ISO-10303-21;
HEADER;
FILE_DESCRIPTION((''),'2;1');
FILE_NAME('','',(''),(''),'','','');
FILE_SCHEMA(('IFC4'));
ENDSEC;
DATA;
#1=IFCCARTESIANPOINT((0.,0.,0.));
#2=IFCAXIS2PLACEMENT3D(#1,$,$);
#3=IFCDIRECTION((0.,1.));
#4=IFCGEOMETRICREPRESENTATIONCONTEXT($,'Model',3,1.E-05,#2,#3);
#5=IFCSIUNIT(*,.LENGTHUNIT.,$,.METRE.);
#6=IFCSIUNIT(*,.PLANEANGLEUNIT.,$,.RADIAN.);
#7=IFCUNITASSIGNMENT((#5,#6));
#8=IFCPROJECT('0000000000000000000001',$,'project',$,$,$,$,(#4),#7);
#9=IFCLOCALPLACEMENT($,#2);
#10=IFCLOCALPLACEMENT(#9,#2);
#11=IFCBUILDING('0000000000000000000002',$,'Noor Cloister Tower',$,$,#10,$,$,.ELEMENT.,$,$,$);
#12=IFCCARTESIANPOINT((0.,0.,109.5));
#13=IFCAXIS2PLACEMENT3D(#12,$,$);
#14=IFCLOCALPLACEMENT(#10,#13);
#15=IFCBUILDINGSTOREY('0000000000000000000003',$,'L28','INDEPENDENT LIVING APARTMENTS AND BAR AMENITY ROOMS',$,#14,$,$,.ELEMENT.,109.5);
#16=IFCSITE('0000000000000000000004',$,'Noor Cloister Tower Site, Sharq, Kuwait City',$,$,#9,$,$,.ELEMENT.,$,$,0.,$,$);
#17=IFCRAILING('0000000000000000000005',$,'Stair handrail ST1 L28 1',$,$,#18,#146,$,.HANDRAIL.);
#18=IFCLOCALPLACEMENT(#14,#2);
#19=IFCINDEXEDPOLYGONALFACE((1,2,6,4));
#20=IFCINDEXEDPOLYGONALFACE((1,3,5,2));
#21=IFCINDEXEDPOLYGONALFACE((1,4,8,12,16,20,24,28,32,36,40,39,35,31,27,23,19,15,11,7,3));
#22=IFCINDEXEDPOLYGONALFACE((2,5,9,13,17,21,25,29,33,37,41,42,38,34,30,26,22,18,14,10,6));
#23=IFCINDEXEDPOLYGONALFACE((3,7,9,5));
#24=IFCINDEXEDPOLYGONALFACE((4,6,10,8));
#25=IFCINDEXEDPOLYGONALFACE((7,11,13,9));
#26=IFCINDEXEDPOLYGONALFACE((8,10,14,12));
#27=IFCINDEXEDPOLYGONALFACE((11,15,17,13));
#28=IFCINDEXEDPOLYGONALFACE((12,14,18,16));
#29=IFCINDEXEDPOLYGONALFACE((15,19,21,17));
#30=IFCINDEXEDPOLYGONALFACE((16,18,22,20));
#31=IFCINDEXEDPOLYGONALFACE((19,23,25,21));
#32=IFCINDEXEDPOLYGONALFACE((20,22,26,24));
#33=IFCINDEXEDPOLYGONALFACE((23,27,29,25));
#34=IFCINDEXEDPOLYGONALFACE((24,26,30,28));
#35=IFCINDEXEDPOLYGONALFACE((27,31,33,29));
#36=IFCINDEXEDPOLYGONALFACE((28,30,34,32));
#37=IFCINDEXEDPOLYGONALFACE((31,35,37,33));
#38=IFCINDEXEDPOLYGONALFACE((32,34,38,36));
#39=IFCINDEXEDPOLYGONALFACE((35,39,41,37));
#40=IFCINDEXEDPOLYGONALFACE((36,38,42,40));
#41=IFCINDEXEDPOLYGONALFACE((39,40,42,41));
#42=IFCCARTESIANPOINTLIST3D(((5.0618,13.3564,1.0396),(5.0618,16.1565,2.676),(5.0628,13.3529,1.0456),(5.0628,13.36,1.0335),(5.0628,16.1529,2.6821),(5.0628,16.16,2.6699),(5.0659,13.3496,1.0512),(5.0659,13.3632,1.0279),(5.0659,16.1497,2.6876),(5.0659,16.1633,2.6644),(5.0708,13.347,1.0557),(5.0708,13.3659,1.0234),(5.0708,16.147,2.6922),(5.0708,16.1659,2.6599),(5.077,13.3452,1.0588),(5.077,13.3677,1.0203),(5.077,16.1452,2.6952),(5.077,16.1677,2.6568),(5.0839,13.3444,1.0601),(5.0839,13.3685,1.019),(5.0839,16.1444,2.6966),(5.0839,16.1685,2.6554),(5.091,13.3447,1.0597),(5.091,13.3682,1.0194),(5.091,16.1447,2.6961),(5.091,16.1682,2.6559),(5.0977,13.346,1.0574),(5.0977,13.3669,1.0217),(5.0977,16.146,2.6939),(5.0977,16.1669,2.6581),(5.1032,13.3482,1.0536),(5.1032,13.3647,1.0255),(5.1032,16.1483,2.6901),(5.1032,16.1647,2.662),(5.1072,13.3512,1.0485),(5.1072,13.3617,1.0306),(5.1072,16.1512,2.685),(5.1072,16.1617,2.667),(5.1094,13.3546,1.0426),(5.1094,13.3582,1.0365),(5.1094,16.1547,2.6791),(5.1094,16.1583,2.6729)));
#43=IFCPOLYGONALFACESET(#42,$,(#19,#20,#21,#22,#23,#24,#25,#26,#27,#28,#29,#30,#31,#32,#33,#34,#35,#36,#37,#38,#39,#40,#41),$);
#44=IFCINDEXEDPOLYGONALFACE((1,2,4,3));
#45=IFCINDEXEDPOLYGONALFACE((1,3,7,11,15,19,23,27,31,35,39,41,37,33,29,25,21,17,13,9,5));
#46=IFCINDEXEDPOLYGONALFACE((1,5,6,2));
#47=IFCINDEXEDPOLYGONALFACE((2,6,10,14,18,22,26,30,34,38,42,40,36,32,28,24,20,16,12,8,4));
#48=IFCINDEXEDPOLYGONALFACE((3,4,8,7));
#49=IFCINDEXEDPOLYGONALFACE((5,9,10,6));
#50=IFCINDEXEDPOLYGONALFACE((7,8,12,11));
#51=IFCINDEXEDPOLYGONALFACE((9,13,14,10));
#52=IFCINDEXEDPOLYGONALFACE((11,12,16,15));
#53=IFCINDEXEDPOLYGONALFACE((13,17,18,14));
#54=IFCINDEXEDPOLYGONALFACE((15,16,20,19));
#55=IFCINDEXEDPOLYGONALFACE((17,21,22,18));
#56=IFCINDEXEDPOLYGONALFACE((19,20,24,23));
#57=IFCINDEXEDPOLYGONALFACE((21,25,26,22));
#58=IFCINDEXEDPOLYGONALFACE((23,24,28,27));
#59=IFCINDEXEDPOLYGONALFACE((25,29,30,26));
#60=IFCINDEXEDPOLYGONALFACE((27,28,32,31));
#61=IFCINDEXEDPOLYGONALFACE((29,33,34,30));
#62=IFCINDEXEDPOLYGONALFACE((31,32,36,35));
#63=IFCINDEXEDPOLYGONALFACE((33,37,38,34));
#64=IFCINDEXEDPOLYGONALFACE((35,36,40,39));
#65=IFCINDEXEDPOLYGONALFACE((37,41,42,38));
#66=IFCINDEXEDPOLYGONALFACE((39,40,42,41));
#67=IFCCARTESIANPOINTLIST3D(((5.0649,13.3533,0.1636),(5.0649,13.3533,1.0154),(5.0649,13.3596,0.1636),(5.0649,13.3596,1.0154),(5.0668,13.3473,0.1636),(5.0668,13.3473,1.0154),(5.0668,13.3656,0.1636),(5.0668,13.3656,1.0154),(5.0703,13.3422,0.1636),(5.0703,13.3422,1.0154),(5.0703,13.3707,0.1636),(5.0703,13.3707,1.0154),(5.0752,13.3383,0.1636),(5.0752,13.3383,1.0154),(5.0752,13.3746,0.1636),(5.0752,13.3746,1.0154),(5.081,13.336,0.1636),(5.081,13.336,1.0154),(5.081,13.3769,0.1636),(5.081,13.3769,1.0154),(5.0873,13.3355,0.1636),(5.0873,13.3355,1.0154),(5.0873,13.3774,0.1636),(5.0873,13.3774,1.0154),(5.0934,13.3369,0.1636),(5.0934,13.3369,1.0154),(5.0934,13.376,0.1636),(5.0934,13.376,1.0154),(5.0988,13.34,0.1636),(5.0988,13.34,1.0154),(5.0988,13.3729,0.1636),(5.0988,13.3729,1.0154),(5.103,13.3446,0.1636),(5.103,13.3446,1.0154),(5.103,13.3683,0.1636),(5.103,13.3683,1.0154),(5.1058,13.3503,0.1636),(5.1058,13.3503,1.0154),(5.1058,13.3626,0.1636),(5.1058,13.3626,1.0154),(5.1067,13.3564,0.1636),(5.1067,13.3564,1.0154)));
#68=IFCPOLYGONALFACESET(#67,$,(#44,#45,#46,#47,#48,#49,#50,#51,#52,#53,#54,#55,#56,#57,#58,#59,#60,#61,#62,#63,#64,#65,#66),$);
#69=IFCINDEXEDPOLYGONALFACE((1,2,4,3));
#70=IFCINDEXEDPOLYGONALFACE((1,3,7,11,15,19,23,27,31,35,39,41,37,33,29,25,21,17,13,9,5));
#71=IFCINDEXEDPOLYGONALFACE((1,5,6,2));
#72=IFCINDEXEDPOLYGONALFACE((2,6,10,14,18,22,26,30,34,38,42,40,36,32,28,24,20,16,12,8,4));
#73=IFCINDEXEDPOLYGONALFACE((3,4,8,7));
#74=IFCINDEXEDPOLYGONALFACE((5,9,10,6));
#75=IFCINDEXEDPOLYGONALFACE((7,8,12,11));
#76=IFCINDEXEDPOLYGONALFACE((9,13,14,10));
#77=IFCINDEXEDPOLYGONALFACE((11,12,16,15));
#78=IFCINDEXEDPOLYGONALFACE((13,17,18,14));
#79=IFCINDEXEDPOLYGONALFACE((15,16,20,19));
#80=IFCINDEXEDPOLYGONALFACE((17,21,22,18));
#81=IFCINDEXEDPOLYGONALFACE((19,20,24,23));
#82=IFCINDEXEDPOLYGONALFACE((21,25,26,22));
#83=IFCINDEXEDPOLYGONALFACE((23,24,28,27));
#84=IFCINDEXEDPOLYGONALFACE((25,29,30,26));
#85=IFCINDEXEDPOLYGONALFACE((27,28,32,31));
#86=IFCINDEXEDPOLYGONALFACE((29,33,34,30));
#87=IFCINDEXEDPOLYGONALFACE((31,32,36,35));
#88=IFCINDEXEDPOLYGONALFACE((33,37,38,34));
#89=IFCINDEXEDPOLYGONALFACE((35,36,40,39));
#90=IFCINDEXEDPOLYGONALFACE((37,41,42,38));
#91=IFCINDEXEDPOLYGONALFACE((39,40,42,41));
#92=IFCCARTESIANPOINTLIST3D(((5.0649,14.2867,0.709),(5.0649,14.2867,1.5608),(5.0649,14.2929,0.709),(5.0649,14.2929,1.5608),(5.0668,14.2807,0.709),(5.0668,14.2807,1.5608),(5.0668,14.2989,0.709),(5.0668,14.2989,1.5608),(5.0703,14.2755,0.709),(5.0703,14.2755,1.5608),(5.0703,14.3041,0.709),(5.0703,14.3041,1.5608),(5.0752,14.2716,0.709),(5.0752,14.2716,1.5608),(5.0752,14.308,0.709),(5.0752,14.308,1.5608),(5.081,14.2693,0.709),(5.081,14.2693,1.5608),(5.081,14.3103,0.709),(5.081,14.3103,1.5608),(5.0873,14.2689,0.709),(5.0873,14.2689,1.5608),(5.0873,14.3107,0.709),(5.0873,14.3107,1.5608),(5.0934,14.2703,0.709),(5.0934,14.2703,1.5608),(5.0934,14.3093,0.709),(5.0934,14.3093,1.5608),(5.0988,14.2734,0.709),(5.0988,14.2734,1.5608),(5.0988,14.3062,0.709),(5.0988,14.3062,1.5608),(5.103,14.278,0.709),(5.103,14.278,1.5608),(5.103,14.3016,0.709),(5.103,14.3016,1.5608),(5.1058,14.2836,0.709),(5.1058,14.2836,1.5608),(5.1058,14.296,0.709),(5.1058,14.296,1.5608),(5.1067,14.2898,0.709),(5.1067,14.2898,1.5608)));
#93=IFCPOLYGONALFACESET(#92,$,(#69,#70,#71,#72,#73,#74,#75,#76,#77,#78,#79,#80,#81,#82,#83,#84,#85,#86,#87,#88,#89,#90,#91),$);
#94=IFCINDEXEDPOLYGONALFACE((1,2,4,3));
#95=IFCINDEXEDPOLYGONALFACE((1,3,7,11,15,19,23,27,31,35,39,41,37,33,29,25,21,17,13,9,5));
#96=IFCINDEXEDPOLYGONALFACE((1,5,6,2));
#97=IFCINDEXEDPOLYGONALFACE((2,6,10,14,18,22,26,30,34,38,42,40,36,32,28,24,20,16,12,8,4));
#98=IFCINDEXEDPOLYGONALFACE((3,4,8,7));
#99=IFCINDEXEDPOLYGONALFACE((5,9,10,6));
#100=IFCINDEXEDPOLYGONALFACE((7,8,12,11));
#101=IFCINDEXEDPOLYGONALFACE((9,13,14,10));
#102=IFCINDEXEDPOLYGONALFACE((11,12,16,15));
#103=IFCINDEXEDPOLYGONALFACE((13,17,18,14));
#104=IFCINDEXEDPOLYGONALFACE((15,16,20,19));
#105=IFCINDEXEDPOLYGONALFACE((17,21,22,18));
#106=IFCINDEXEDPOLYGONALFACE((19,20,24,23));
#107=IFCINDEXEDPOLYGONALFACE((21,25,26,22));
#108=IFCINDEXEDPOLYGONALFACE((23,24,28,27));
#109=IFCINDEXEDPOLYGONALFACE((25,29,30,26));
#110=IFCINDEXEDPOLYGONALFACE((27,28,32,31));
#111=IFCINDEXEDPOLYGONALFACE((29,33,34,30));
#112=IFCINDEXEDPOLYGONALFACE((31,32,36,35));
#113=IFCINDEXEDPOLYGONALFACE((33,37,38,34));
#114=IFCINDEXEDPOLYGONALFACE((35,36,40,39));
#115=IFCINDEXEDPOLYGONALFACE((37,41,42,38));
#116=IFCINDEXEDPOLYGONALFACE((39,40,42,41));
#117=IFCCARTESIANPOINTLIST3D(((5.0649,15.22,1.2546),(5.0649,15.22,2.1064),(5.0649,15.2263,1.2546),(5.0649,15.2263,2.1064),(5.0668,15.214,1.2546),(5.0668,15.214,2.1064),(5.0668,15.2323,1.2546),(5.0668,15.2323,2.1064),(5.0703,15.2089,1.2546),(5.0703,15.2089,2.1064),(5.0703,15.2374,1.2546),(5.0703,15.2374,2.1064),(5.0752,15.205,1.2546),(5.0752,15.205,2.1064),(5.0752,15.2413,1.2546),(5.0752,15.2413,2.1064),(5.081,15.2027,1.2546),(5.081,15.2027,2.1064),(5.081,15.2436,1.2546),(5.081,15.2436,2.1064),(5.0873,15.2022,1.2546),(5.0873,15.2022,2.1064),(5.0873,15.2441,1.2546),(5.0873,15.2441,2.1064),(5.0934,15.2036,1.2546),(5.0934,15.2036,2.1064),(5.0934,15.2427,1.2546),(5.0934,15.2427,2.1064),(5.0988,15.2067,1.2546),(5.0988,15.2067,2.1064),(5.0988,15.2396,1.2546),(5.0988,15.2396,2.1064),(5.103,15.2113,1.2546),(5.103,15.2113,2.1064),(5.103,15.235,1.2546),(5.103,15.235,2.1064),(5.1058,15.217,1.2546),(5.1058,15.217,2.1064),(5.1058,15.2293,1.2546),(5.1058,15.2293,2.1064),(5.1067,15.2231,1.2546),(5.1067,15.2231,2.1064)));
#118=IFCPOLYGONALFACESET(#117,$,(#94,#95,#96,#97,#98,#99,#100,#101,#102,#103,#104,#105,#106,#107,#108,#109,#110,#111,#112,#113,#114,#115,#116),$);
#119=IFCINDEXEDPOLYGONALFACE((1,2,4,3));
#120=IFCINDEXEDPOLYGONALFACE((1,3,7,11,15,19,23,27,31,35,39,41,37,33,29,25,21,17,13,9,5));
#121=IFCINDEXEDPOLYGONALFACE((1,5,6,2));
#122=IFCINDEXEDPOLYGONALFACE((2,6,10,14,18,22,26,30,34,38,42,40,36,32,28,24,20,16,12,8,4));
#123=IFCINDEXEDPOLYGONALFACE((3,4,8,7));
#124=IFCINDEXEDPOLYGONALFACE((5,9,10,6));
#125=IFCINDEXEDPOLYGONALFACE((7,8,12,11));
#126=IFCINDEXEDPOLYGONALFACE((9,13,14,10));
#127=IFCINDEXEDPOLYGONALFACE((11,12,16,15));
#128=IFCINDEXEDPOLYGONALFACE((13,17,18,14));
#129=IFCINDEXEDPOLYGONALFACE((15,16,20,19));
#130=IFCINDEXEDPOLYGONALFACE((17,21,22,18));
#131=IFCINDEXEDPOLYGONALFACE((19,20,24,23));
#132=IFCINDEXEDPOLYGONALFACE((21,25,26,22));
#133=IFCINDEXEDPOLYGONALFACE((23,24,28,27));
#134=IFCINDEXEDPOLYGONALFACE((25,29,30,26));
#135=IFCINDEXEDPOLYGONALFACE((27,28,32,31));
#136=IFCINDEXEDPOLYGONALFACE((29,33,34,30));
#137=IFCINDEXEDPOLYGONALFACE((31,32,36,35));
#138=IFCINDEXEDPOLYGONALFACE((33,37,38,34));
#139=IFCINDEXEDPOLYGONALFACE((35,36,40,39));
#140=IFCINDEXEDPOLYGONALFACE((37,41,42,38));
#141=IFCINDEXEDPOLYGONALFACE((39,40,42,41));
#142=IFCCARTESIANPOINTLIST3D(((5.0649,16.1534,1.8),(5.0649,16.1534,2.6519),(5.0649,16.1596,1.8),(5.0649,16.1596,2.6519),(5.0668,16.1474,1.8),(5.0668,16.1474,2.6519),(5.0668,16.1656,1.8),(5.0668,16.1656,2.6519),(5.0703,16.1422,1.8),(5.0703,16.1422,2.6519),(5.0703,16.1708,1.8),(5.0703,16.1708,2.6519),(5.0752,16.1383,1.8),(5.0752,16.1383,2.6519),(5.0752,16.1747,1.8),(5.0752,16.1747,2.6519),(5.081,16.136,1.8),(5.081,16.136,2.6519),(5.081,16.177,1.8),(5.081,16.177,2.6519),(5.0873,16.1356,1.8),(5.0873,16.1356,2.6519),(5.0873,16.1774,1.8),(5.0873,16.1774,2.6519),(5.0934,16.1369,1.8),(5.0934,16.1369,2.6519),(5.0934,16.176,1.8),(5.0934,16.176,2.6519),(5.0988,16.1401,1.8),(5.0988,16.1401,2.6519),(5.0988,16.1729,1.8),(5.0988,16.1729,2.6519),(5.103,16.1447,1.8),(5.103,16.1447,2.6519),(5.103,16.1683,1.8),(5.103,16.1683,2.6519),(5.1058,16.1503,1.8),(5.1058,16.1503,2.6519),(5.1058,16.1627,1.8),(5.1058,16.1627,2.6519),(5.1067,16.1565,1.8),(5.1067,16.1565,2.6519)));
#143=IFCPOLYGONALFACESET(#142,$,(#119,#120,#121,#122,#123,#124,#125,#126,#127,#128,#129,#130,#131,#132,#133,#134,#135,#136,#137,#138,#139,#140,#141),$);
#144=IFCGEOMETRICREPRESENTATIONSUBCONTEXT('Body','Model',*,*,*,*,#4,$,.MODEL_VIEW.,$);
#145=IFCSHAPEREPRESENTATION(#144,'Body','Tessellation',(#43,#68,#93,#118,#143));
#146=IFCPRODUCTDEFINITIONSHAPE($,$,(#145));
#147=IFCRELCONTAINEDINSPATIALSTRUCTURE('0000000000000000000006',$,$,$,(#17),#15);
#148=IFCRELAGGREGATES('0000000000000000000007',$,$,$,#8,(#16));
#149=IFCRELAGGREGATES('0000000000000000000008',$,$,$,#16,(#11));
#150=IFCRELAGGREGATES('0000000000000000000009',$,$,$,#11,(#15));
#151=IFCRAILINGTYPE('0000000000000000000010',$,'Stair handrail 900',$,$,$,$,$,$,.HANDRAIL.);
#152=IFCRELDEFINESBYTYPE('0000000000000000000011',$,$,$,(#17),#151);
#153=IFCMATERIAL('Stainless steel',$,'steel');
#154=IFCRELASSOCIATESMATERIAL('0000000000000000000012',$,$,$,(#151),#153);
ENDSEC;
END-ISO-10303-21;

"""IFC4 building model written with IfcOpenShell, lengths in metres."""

from ifc_helpers import new_model, si_unit, direction, frame, origin, origin_2d, place, context, subcontext, project, spatial, circle, extrude, material, type_object, element, save


model = new_model("IFC4")

# Units and contexts
model_context = context("Model", 3, precision=1e-05, world=origin(), true_north=direction((0.0, 1.0)))
body_context = subcontext(model_context, "Body", "Model", "MODEL_VIEW")
ifc_project = project(units=[si_unit("LENGTHUNIT", "METRE"), si_unit("PLANEANGLEUNIT", "RADIAN")], contexts=[model_context])

# Site, building, storey
site_placement = place(None, origin())
site = spatial("IfcSite", under=ifc_project, at=site_placement, Name="Noor Cloister Tower Site, Sharq, Kuwait City", CompositionType="ELEMENT", RefElevation=0.0)
building_placement = place(site_placement, origin())
building = spatial("IfcBuilding", under=site, at=building_placement, Name="Noor Cloister Tower", CompositionType="ELEMENT")
storey_placement = place(building_placement, frame((0.0, 0.0, 109.5)))
storey = spatial("IfcBuildingStorey", under=building, at=storey_placement, Name="L28", Description="INDEPENDENT LIVING APARTMENTS AND BAR AMENITY ROOMS", CompositionType="ELEMENT", Elevation=109.5)

# Railing
ifc_material_1 = material(Name="Stainless steel", Category="steel")
railing_type_1 = type_object("IfcRailingType", Name="Stair handrail 900", PredefinedType="HANDRAIL", material=ifc_material_1)
railing_1_placement = place(storey_placement, frame((5.0857, 13.3564, 0.1636)))
element("IfcRailing", 1, at=railing_1_placement, inside=storey, type_object=railing_type_1, Name="Stair handrail ST1 L28 1", PredefinedType="HANDRAIL", context=body_context, shape_type="SweptSolid", body=[
    extrude(circle(Radius=0.0239, at=origin_2d()), frame((0.0, 0.0, 0.876), z_axis=(0.0, 0.863361, 0.504587), x_axis=(-1.0, 0.0, 0.0)), (0.0, 0.0, 1.0), 3.2432),
    extrude(circle(Radius=0.021, at=origin_2d()), origin(), (0.0, 0.0, 1.0), 0.8518),
    extrude(circle(Radius=0.021, at=origin_2d()), frame((0.0, 0.9333, 0.5454)), (0.0, 0.0, 1.0), 0.8518),
    extrude(circle(Radius=0.021, at=origin_2d()), frame((0.0, 1.8667, 1.0911)), (0.0, 0.0, 1.0), 0.8518),
    extrude(circle(Radius=0.021, at=origin_2d()), frame((0.0, 2.8, 1.6365)), (0.0, 0.0, 1.0), 0.8518),
])

save(model, "model.ifc")
